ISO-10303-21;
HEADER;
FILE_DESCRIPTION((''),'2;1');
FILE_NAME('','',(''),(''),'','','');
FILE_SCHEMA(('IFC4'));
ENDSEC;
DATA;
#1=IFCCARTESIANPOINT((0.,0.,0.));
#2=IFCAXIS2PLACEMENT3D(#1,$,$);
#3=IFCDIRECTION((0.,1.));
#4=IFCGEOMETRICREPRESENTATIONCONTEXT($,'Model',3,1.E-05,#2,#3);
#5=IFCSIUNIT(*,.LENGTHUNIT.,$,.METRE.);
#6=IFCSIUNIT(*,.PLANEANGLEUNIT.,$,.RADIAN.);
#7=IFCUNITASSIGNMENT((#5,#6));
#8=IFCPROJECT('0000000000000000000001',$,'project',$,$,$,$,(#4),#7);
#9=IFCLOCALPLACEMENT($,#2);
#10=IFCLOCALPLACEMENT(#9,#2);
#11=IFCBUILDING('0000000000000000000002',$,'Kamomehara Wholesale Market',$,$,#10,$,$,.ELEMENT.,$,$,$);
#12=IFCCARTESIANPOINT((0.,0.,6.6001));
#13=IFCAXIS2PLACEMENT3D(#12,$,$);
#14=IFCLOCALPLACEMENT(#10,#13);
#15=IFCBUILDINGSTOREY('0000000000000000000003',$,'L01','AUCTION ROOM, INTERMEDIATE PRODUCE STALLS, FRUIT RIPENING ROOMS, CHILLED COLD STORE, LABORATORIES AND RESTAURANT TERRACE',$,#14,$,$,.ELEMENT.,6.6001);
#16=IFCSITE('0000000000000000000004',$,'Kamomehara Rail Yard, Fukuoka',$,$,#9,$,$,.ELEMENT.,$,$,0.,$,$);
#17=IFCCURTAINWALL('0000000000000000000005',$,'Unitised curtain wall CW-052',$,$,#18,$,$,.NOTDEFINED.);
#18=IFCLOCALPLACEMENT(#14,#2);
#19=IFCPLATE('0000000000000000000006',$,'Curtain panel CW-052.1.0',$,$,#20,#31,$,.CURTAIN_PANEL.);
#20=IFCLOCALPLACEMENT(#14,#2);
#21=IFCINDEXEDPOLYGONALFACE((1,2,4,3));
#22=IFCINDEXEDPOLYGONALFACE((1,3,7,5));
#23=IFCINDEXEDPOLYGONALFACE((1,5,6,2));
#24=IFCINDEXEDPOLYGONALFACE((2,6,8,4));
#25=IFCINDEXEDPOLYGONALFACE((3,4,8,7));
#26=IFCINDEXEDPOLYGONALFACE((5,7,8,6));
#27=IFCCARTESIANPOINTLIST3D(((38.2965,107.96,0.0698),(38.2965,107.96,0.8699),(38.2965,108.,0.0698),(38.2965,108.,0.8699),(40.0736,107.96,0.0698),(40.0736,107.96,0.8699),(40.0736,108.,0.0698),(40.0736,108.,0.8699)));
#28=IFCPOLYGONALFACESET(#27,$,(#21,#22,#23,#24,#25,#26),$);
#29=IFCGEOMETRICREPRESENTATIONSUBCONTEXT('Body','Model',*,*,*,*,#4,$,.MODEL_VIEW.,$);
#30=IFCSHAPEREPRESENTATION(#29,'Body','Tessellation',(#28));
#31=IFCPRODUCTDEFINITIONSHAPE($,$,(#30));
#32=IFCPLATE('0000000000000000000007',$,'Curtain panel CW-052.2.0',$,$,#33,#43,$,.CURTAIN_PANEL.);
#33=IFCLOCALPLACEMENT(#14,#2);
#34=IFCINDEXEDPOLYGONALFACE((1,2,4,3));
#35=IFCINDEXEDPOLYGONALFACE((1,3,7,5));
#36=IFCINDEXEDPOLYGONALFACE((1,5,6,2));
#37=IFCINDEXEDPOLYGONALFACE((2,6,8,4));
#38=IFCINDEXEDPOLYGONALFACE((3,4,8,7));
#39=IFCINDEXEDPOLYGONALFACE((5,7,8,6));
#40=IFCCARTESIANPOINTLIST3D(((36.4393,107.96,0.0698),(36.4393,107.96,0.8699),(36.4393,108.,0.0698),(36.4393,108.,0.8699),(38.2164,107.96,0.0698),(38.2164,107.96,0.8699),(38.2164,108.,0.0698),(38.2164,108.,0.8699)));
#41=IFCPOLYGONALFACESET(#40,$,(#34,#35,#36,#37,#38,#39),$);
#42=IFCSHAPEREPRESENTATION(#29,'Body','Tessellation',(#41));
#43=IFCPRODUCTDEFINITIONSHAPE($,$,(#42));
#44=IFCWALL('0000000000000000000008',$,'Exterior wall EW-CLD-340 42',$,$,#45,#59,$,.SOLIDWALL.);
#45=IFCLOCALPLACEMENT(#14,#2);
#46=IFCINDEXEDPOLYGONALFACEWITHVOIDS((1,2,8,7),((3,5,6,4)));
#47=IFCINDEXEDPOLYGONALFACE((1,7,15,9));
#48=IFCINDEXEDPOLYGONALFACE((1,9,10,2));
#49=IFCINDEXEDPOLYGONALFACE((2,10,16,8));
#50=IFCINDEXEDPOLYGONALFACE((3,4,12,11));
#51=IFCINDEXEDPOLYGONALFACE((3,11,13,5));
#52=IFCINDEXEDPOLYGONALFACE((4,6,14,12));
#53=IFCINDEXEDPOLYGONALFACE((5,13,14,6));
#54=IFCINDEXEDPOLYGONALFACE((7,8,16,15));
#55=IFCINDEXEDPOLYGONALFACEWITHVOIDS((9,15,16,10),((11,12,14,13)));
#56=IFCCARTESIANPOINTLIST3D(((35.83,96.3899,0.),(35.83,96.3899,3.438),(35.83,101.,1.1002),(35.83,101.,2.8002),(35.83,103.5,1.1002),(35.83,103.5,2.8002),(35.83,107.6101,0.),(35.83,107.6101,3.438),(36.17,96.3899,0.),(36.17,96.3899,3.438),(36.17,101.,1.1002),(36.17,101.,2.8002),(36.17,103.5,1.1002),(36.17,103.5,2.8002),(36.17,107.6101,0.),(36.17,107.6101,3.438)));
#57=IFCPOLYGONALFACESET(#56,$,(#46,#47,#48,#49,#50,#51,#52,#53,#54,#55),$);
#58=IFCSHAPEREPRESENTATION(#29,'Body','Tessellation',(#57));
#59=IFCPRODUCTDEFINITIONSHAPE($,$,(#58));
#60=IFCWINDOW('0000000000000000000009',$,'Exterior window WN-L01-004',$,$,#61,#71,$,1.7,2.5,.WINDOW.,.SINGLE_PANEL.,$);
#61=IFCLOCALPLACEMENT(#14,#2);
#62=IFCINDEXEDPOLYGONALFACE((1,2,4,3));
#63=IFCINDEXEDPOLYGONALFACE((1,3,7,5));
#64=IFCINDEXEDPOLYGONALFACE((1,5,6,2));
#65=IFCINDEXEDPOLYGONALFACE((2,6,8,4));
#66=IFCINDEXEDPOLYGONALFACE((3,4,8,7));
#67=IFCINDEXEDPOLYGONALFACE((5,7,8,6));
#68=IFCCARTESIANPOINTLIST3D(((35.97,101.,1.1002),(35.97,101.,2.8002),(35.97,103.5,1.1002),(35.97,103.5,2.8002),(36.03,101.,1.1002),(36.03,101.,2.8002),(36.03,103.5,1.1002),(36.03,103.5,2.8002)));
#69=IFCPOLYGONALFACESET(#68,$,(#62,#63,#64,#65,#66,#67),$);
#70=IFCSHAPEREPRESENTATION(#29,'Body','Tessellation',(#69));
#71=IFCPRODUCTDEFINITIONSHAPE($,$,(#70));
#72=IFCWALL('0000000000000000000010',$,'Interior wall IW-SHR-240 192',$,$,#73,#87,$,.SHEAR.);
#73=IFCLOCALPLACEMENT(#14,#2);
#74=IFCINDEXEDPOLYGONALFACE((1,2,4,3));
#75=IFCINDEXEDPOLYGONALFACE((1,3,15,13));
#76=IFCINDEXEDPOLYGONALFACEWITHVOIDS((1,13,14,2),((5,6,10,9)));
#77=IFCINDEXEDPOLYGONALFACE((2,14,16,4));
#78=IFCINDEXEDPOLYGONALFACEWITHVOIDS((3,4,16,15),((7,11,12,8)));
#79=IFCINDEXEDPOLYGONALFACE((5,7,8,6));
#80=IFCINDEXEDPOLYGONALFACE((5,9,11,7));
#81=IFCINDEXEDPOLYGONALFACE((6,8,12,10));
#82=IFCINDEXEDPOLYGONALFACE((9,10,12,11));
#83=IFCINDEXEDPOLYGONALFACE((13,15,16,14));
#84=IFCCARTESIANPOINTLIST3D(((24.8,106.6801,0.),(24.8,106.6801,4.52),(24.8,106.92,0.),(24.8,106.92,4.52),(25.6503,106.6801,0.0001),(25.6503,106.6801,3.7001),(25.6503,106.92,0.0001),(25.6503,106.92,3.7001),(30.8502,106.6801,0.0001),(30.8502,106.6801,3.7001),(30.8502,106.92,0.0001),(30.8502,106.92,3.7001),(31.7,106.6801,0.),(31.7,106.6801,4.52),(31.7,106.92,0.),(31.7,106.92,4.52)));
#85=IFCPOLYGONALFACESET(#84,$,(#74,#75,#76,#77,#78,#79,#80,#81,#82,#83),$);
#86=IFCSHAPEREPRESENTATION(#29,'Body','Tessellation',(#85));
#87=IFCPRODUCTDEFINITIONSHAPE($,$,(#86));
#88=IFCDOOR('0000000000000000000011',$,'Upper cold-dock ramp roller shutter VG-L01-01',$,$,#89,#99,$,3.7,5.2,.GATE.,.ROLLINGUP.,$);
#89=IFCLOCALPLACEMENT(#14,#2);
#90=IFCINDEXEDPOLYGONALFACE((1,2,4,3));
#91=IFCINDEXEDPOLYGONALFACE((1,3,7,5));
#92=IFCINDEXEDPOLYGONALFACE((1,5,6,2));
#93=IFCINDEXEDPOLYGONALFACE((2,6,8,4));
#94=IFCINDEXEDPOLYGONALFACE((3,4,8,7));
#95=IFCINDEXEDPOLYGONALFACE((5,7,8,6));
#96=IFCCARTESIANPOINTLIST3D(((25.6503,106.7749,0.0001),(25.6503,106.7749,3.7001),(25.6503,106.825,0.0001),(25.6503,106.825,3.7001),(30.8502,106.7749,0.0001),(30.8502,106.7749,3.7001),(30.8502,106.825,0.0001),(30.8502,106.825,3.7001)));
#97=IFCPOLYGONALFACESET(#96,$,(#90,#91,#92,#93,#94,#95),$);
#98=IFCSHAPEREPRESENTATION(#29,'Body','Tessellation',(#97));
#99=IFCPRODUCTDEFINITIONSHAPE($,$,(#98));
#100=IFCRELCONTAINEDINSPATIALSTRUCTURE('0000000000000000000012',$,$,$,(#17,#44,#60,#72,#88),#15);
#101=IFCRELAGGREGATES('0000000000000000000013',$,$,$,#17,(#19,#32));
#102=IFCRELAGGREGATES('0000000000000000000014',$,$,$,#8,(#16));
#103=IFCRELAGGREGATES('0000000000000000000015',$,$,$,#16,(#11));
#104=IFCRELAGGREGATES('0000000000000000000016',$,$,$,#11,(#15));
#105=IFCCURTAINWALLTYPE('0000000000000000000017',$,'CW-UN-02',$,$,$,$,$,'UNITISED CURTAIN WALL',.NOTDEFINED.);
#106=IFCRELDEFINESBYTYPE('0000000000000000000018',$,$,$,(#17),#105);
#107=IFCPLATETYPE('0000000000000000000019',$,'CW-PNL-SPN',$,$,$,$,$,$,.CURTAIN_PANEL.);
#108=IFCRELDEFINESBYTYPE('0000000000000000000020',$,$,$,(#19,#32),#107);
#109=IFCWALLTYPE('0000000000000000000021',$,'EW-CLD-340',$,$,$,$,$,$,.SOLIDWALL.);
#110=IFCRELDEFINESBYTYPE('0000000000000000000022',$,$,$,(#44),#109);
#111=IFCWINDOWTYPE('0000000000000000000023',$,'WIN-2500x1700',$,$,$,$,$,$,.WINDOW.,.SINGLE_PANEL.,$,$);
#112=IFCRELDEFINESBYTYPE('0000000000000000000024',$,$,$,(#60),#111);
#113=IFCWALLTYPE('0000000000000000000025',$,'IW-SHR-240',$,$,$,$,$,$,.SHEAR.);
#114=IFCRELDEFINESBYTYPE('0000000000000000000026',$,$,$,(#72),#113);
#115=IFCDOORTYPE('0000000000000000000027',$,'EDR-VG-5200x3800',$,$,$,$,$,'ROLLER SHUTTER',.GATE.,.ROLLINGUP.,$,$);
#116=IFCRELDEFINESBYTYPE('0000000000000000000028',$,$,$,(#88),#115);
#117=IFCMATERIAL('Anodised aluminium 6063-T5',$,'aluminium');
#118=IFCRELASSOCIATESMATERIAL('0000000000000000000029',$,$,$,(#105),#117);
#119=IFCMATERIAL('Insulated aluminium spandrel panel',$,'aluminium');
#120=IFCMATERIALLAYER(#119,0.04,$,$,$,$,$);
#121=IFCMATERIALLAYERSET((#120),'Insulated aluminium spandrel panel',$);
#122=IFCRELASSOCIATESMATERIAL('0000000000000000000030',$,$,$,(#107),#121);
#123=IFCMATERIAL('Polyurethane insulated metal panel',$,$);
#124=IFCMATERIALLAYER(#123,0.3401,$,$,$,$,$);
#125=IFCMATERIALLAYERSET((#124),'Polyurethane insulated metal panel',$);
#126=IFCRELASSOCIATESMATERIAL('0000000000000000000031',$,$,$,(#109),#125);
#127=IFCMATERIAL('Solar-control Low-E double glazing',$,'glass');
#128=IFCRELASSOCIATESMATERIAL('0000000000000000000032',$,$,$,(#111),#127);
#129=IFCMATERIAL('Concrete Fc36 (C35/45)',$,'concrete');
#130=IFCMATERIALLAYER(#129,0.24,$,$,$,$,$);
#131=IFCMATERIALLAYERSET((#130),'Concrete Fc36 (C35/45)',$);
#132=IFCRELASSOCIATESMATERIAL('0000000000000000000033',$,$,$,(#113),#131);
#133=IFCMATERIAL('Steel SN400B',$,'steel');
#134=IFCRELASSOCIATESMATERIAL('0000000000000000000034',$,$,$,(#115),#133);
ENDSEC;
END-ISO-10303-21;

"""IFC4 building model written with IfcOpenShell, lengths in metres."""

from ifc_helpers import new_model, si_unit, direction, frame, frame_2d, origin, origin_2d, place, context, subcontext, project, spatial, rectangle, extrude, material, layer, layer_set, type_object, element, fill, aggregate, save


model = new_model("IFC4")

# Units and contexts
model_context = context("Model", 3, precision=1e-05, world=origin(), true_north=direction((0.0, 1.0)))
body_context = subcontext(model_context, "Body", "Model", "MODEL_VIEW")
ifc_project = project(units=[si_unit("LENGTHUNIT", "METRE"), si_unit("PLANEANGLEUNIT", "RADIAN")], contexts=[model_context])

# Site, building, storey
site_placement = place(None, origin())
site = spatial("IfcSite", under=ifc_project, at=site_placement, Name="Kamomehara Rail Yard, Fukuoka", CompositionType="ELEMENT", RefElevation=0.0)
building_placement = place(site_placement, origin())
building = spatial("IfcBuilding", under=site, at=building_placement, Name="Kamomehara Wholesale Market", CompositionType="ELEMENT")
storey_placement = place(building_placement, frame((0.0, 0.0, 6.6001)))
storey = spatial("IfcBuildingStorey", under=building, at=storey_placement, Name="L01", Description="AUCTION ROOM, INTERMEDIATE PRODUCE STALLS, FRUIT RIPENING ROOMS, CHILLED COLD STORE, LABORATORIES AND RESTAURANT TERRACE", CompositionType="ELEMENT", Elevation=6.6001)

# Curtain wall, plates
ifc_material_1 = material(Name="Anodised aluminium 6063-T5", Category="aluminium")
curtain_wall_type = type_object("IfcCurtainWallType", Name="CW-UN-02", ElementType="UNITISED CURTAIN WALL", PredefinedType="NOTDEFINED", material=ifc_material_1)
curtain_wall_placement = place(storey_placement, origin())
curtain_wall = element("IfcCurtainWall", 1, at=curtain_wall_placement, inside=storey, type_object=curtain_wall_type, Name="Unitised curtain wall CW-052", PredefinedType="NOTDEFINED")
ifc_material_2 = material(Name="Insulated aluminium spandrel panel", Category="aluminium")
ifc_layer_1 = layer(ifc_material_2, 0.04)
ifc_layer_set_1 = layer_set([ifc_layer_1], Name="Insulated aluminium spandrel panel")
plate_type_1 = type_object("IfcPlateType", Name="CW-PNL-SPN", PredefinedType="CURTAIN_PANEL", material=ifc_layer_set_1)
plate_1_placement = place(storey_placement, frame((39.1851, 107.98, 0.0698), z_axis=(0.0, 0.0, 1.0), x_axis=(-1.0, 0.0, 0.0)))
plate_1 = element("IfcPlate", 2, at=plate_1_placement, type_object=plate_type_1, Name="Curtain panel CW-052.1.0", PredefinedType="CURTAIN_PANEL", context=body_context, shape_type="SweptSolid", body=[
    extrude(rectangle(XDim=1.7771, YDim=0.04, at=origin_2d()), origin(), (0.0, 0.0, 1.0), 0.8),
])
plate_2_placement = place(storey_placement, frame((37.3279, 107.98, 0.0698), z_axis=(0.0, 0.0, 1.0), x_axis=(-1.0, 0.0, 0.0)))
plate_2 = element("IfcPlate", 3, at=plate_2_placement, type_object=plate_type_1, Name="Curtain panel CW-052.2.0", PredefinedType="CURTAIN_PANEL", context=body_context, shape_type="SweptSolid", body=[
    extrude(rectangle(XDim=1.7771, YDim=0.04, at=origin_2d()), origin(), (0.0, 0.0, 1.0), 0.8),
])
aggregate(curtain_wall, [plate_1, plate_2])

# Wall, opening, window
ifc_material_3 = material(Name="Polyurethane insulated metal panel")
ifc_layer_2 = layer(ifc_material_3, 0.3401)
ifc_layer_set_2 = layer_set([ifc_layer_2], Name="Polyurethane insulated metal panel")
wall_type_1 = type_object("IfcWallType", Name="EW-CLD-340", PredefinedType="SOLIDWALL", material=ifc_layer_set_2)
wall_1_placement = place(storey_placement, frame((36.0, 107.6101, 0.0), z_axis=(0.0, 0.0, 1.0), x_axis=(0.0, -1.0, 0.0)))
wall_1 = element("IfcWall", 4, at=wall_1_placement, inside=storey, type_object=wall_type_1, Name="Exterior wall EW-CLD-340 42", PredefinedType="SOLIDWALL", context=body_context, shape_type="SweptSolid", body=[
    extrude(rectangle(XDim=11.2202, YDim=0.3401, at=frame_2d((5.6101, 0.0))), origin(), (0.0, 0.0, 1.0), 3.438),
])
opening_1_placement = place(wall_1_placement, frame((4.1101, 0.0, 1.1001)))
opening_1 = element("IfcOpeningElement", 5, at=opening_1_placement, cuts=wall_1, PredefinedType="OPENING", context=body_context, shape_type="SweptSolid", body=[
    extrude(rectangle(XDim=2.5, YDim=1.7, at=frame_2d((1.25, 0.8501))), frame((0.0, 0.1851, 0.0), z_axis=(0.0, -1.0, 0.0), x_axis=(1.0, 0.0, 0.0)), (0.0, 0.0, 1.0), 0.3699),
])
ifc_material_4 = material(Name="Solar-control Low-E double glazing", Category="glass")
window_type = type_object("IfcWindowType", Name="WIN-2500x1700", PartitioningType="SINGLE_PANEL", PredefinedType="WINDOW", material=ifc_material_4)
window_placement = place(opening_1_placement, origin())
window = element("IfcWindow", 6, at=window_placement, inside=storey, type_object=window_type, Name="Exterior window WN-L01-004", OverallHeight=1.7, OverallWidth=2.5, PartitioningType="SINGLE_PANEL", PredefinedType="WINDOW", context=body_context, shape_type="SweptSolid", body=[
    extrude(rectangle(XDim=2.5, YDim=1.7, at=frame_2d((1.25, 0.8501))), frame((0.0, 0.03, 0.0), z_axis=(0.0, -1.0, 0.0), x_axis=(1.0, 0.0, 0.0)), (0.0, 0.0, 1.0), 0.0601),
])
fill(opening_1, window)

# Wall, opening, door
ifc_material_5 = material(Name="Concrete Fc36 (C35/45)", Category="concrete")
ifc_layer_3 = layer(ifc_material_5, 0.24)
ifc_layer_set_3 = layer_set([ifc_layer_3], Name="Concrete Fc36 (C35/45)")
wall_type_2 = type_object("IfcWallType", Name="IW-SHR-240", PredefinedType="SHEAR", material=ifc_layer_set_3)
wall_2_placement = place(storey_placement, frame((24.8, 106.8, 0.0), z_axis=(0.0, 0.0, 1.0), x_axis=(1.0, 0.0, 0.0)))
wall_2 = element("IfcWall", 7, at=wall_2_placement, inside=storey, type_object=wall_type_2, Name="Interior wall IW-SHR-240 192", PredefinedType="SHEAR", context=body_context, shape_type="SweptSolid", body=[
    extrude(rectangle(XDim=6.8999, YDim=0.24, at=frame_2d((3.45, 0.0))), origin(), (0.0, 0.0, 1.0), 4.52),
])
opening_2_placement = place(wall_2_placement, frame((0.8501, 0.0, 0.0)))
opening_2 = element("IfcOpeningElement", 8, at=opening_2_placement, cuts=wall_2, PredefinedType="OPENING", context=body_context, shape_type="SweptSolid", body=[
    extrude(rectangle(XDim=5.2, YDim=3.7, at=frame_2d((2.6001, 1.8501))), frame((0.0, 0.1348, 0.0), z_axis=(0.0, -1.0, 0.0), x_axis=(1.0, 0.0, 0.0)), (0.0, 0.0, 1.0), 0.2698),
])
ifc_material_6 = material(Name="Steel SN400B", Category="steel")
door_type = type_object("IfcDoorType", Name="EDR-VG-5200x3800", ElementType="ROLLER SHUTTER", OperationType="ROLLINGUP", PredefinedType="GATE", material=ifc_material_6)
door_placement = place(opening_2_placement, origin())
door = element("IfcDoor", 9, at=door_placement, inside=storey, type_object=door_type, Name="Upper cold-dock ramp roller shutter VG-L01-01", OperationType="ROLLINGUP", OverallHeight=3.7, OverallWidth=5.2, PredefinedType="GATE", context=body_context, shape_type="SweptSolid", body=[
    extrude(rectangle(XDim=5.2, YDim=3.7, at=frame_2d((2.6001, 1.8501))), frame((0.0, 0.0249, 0.0), z_axis=(0.0, -1.0, 0.0), x_axis=(1.0, 0.0, 0.0)), (0.0, 0.0, 1.0), 0.05),
])
fill(opening_2, door)

save(model, "model.ifc")
